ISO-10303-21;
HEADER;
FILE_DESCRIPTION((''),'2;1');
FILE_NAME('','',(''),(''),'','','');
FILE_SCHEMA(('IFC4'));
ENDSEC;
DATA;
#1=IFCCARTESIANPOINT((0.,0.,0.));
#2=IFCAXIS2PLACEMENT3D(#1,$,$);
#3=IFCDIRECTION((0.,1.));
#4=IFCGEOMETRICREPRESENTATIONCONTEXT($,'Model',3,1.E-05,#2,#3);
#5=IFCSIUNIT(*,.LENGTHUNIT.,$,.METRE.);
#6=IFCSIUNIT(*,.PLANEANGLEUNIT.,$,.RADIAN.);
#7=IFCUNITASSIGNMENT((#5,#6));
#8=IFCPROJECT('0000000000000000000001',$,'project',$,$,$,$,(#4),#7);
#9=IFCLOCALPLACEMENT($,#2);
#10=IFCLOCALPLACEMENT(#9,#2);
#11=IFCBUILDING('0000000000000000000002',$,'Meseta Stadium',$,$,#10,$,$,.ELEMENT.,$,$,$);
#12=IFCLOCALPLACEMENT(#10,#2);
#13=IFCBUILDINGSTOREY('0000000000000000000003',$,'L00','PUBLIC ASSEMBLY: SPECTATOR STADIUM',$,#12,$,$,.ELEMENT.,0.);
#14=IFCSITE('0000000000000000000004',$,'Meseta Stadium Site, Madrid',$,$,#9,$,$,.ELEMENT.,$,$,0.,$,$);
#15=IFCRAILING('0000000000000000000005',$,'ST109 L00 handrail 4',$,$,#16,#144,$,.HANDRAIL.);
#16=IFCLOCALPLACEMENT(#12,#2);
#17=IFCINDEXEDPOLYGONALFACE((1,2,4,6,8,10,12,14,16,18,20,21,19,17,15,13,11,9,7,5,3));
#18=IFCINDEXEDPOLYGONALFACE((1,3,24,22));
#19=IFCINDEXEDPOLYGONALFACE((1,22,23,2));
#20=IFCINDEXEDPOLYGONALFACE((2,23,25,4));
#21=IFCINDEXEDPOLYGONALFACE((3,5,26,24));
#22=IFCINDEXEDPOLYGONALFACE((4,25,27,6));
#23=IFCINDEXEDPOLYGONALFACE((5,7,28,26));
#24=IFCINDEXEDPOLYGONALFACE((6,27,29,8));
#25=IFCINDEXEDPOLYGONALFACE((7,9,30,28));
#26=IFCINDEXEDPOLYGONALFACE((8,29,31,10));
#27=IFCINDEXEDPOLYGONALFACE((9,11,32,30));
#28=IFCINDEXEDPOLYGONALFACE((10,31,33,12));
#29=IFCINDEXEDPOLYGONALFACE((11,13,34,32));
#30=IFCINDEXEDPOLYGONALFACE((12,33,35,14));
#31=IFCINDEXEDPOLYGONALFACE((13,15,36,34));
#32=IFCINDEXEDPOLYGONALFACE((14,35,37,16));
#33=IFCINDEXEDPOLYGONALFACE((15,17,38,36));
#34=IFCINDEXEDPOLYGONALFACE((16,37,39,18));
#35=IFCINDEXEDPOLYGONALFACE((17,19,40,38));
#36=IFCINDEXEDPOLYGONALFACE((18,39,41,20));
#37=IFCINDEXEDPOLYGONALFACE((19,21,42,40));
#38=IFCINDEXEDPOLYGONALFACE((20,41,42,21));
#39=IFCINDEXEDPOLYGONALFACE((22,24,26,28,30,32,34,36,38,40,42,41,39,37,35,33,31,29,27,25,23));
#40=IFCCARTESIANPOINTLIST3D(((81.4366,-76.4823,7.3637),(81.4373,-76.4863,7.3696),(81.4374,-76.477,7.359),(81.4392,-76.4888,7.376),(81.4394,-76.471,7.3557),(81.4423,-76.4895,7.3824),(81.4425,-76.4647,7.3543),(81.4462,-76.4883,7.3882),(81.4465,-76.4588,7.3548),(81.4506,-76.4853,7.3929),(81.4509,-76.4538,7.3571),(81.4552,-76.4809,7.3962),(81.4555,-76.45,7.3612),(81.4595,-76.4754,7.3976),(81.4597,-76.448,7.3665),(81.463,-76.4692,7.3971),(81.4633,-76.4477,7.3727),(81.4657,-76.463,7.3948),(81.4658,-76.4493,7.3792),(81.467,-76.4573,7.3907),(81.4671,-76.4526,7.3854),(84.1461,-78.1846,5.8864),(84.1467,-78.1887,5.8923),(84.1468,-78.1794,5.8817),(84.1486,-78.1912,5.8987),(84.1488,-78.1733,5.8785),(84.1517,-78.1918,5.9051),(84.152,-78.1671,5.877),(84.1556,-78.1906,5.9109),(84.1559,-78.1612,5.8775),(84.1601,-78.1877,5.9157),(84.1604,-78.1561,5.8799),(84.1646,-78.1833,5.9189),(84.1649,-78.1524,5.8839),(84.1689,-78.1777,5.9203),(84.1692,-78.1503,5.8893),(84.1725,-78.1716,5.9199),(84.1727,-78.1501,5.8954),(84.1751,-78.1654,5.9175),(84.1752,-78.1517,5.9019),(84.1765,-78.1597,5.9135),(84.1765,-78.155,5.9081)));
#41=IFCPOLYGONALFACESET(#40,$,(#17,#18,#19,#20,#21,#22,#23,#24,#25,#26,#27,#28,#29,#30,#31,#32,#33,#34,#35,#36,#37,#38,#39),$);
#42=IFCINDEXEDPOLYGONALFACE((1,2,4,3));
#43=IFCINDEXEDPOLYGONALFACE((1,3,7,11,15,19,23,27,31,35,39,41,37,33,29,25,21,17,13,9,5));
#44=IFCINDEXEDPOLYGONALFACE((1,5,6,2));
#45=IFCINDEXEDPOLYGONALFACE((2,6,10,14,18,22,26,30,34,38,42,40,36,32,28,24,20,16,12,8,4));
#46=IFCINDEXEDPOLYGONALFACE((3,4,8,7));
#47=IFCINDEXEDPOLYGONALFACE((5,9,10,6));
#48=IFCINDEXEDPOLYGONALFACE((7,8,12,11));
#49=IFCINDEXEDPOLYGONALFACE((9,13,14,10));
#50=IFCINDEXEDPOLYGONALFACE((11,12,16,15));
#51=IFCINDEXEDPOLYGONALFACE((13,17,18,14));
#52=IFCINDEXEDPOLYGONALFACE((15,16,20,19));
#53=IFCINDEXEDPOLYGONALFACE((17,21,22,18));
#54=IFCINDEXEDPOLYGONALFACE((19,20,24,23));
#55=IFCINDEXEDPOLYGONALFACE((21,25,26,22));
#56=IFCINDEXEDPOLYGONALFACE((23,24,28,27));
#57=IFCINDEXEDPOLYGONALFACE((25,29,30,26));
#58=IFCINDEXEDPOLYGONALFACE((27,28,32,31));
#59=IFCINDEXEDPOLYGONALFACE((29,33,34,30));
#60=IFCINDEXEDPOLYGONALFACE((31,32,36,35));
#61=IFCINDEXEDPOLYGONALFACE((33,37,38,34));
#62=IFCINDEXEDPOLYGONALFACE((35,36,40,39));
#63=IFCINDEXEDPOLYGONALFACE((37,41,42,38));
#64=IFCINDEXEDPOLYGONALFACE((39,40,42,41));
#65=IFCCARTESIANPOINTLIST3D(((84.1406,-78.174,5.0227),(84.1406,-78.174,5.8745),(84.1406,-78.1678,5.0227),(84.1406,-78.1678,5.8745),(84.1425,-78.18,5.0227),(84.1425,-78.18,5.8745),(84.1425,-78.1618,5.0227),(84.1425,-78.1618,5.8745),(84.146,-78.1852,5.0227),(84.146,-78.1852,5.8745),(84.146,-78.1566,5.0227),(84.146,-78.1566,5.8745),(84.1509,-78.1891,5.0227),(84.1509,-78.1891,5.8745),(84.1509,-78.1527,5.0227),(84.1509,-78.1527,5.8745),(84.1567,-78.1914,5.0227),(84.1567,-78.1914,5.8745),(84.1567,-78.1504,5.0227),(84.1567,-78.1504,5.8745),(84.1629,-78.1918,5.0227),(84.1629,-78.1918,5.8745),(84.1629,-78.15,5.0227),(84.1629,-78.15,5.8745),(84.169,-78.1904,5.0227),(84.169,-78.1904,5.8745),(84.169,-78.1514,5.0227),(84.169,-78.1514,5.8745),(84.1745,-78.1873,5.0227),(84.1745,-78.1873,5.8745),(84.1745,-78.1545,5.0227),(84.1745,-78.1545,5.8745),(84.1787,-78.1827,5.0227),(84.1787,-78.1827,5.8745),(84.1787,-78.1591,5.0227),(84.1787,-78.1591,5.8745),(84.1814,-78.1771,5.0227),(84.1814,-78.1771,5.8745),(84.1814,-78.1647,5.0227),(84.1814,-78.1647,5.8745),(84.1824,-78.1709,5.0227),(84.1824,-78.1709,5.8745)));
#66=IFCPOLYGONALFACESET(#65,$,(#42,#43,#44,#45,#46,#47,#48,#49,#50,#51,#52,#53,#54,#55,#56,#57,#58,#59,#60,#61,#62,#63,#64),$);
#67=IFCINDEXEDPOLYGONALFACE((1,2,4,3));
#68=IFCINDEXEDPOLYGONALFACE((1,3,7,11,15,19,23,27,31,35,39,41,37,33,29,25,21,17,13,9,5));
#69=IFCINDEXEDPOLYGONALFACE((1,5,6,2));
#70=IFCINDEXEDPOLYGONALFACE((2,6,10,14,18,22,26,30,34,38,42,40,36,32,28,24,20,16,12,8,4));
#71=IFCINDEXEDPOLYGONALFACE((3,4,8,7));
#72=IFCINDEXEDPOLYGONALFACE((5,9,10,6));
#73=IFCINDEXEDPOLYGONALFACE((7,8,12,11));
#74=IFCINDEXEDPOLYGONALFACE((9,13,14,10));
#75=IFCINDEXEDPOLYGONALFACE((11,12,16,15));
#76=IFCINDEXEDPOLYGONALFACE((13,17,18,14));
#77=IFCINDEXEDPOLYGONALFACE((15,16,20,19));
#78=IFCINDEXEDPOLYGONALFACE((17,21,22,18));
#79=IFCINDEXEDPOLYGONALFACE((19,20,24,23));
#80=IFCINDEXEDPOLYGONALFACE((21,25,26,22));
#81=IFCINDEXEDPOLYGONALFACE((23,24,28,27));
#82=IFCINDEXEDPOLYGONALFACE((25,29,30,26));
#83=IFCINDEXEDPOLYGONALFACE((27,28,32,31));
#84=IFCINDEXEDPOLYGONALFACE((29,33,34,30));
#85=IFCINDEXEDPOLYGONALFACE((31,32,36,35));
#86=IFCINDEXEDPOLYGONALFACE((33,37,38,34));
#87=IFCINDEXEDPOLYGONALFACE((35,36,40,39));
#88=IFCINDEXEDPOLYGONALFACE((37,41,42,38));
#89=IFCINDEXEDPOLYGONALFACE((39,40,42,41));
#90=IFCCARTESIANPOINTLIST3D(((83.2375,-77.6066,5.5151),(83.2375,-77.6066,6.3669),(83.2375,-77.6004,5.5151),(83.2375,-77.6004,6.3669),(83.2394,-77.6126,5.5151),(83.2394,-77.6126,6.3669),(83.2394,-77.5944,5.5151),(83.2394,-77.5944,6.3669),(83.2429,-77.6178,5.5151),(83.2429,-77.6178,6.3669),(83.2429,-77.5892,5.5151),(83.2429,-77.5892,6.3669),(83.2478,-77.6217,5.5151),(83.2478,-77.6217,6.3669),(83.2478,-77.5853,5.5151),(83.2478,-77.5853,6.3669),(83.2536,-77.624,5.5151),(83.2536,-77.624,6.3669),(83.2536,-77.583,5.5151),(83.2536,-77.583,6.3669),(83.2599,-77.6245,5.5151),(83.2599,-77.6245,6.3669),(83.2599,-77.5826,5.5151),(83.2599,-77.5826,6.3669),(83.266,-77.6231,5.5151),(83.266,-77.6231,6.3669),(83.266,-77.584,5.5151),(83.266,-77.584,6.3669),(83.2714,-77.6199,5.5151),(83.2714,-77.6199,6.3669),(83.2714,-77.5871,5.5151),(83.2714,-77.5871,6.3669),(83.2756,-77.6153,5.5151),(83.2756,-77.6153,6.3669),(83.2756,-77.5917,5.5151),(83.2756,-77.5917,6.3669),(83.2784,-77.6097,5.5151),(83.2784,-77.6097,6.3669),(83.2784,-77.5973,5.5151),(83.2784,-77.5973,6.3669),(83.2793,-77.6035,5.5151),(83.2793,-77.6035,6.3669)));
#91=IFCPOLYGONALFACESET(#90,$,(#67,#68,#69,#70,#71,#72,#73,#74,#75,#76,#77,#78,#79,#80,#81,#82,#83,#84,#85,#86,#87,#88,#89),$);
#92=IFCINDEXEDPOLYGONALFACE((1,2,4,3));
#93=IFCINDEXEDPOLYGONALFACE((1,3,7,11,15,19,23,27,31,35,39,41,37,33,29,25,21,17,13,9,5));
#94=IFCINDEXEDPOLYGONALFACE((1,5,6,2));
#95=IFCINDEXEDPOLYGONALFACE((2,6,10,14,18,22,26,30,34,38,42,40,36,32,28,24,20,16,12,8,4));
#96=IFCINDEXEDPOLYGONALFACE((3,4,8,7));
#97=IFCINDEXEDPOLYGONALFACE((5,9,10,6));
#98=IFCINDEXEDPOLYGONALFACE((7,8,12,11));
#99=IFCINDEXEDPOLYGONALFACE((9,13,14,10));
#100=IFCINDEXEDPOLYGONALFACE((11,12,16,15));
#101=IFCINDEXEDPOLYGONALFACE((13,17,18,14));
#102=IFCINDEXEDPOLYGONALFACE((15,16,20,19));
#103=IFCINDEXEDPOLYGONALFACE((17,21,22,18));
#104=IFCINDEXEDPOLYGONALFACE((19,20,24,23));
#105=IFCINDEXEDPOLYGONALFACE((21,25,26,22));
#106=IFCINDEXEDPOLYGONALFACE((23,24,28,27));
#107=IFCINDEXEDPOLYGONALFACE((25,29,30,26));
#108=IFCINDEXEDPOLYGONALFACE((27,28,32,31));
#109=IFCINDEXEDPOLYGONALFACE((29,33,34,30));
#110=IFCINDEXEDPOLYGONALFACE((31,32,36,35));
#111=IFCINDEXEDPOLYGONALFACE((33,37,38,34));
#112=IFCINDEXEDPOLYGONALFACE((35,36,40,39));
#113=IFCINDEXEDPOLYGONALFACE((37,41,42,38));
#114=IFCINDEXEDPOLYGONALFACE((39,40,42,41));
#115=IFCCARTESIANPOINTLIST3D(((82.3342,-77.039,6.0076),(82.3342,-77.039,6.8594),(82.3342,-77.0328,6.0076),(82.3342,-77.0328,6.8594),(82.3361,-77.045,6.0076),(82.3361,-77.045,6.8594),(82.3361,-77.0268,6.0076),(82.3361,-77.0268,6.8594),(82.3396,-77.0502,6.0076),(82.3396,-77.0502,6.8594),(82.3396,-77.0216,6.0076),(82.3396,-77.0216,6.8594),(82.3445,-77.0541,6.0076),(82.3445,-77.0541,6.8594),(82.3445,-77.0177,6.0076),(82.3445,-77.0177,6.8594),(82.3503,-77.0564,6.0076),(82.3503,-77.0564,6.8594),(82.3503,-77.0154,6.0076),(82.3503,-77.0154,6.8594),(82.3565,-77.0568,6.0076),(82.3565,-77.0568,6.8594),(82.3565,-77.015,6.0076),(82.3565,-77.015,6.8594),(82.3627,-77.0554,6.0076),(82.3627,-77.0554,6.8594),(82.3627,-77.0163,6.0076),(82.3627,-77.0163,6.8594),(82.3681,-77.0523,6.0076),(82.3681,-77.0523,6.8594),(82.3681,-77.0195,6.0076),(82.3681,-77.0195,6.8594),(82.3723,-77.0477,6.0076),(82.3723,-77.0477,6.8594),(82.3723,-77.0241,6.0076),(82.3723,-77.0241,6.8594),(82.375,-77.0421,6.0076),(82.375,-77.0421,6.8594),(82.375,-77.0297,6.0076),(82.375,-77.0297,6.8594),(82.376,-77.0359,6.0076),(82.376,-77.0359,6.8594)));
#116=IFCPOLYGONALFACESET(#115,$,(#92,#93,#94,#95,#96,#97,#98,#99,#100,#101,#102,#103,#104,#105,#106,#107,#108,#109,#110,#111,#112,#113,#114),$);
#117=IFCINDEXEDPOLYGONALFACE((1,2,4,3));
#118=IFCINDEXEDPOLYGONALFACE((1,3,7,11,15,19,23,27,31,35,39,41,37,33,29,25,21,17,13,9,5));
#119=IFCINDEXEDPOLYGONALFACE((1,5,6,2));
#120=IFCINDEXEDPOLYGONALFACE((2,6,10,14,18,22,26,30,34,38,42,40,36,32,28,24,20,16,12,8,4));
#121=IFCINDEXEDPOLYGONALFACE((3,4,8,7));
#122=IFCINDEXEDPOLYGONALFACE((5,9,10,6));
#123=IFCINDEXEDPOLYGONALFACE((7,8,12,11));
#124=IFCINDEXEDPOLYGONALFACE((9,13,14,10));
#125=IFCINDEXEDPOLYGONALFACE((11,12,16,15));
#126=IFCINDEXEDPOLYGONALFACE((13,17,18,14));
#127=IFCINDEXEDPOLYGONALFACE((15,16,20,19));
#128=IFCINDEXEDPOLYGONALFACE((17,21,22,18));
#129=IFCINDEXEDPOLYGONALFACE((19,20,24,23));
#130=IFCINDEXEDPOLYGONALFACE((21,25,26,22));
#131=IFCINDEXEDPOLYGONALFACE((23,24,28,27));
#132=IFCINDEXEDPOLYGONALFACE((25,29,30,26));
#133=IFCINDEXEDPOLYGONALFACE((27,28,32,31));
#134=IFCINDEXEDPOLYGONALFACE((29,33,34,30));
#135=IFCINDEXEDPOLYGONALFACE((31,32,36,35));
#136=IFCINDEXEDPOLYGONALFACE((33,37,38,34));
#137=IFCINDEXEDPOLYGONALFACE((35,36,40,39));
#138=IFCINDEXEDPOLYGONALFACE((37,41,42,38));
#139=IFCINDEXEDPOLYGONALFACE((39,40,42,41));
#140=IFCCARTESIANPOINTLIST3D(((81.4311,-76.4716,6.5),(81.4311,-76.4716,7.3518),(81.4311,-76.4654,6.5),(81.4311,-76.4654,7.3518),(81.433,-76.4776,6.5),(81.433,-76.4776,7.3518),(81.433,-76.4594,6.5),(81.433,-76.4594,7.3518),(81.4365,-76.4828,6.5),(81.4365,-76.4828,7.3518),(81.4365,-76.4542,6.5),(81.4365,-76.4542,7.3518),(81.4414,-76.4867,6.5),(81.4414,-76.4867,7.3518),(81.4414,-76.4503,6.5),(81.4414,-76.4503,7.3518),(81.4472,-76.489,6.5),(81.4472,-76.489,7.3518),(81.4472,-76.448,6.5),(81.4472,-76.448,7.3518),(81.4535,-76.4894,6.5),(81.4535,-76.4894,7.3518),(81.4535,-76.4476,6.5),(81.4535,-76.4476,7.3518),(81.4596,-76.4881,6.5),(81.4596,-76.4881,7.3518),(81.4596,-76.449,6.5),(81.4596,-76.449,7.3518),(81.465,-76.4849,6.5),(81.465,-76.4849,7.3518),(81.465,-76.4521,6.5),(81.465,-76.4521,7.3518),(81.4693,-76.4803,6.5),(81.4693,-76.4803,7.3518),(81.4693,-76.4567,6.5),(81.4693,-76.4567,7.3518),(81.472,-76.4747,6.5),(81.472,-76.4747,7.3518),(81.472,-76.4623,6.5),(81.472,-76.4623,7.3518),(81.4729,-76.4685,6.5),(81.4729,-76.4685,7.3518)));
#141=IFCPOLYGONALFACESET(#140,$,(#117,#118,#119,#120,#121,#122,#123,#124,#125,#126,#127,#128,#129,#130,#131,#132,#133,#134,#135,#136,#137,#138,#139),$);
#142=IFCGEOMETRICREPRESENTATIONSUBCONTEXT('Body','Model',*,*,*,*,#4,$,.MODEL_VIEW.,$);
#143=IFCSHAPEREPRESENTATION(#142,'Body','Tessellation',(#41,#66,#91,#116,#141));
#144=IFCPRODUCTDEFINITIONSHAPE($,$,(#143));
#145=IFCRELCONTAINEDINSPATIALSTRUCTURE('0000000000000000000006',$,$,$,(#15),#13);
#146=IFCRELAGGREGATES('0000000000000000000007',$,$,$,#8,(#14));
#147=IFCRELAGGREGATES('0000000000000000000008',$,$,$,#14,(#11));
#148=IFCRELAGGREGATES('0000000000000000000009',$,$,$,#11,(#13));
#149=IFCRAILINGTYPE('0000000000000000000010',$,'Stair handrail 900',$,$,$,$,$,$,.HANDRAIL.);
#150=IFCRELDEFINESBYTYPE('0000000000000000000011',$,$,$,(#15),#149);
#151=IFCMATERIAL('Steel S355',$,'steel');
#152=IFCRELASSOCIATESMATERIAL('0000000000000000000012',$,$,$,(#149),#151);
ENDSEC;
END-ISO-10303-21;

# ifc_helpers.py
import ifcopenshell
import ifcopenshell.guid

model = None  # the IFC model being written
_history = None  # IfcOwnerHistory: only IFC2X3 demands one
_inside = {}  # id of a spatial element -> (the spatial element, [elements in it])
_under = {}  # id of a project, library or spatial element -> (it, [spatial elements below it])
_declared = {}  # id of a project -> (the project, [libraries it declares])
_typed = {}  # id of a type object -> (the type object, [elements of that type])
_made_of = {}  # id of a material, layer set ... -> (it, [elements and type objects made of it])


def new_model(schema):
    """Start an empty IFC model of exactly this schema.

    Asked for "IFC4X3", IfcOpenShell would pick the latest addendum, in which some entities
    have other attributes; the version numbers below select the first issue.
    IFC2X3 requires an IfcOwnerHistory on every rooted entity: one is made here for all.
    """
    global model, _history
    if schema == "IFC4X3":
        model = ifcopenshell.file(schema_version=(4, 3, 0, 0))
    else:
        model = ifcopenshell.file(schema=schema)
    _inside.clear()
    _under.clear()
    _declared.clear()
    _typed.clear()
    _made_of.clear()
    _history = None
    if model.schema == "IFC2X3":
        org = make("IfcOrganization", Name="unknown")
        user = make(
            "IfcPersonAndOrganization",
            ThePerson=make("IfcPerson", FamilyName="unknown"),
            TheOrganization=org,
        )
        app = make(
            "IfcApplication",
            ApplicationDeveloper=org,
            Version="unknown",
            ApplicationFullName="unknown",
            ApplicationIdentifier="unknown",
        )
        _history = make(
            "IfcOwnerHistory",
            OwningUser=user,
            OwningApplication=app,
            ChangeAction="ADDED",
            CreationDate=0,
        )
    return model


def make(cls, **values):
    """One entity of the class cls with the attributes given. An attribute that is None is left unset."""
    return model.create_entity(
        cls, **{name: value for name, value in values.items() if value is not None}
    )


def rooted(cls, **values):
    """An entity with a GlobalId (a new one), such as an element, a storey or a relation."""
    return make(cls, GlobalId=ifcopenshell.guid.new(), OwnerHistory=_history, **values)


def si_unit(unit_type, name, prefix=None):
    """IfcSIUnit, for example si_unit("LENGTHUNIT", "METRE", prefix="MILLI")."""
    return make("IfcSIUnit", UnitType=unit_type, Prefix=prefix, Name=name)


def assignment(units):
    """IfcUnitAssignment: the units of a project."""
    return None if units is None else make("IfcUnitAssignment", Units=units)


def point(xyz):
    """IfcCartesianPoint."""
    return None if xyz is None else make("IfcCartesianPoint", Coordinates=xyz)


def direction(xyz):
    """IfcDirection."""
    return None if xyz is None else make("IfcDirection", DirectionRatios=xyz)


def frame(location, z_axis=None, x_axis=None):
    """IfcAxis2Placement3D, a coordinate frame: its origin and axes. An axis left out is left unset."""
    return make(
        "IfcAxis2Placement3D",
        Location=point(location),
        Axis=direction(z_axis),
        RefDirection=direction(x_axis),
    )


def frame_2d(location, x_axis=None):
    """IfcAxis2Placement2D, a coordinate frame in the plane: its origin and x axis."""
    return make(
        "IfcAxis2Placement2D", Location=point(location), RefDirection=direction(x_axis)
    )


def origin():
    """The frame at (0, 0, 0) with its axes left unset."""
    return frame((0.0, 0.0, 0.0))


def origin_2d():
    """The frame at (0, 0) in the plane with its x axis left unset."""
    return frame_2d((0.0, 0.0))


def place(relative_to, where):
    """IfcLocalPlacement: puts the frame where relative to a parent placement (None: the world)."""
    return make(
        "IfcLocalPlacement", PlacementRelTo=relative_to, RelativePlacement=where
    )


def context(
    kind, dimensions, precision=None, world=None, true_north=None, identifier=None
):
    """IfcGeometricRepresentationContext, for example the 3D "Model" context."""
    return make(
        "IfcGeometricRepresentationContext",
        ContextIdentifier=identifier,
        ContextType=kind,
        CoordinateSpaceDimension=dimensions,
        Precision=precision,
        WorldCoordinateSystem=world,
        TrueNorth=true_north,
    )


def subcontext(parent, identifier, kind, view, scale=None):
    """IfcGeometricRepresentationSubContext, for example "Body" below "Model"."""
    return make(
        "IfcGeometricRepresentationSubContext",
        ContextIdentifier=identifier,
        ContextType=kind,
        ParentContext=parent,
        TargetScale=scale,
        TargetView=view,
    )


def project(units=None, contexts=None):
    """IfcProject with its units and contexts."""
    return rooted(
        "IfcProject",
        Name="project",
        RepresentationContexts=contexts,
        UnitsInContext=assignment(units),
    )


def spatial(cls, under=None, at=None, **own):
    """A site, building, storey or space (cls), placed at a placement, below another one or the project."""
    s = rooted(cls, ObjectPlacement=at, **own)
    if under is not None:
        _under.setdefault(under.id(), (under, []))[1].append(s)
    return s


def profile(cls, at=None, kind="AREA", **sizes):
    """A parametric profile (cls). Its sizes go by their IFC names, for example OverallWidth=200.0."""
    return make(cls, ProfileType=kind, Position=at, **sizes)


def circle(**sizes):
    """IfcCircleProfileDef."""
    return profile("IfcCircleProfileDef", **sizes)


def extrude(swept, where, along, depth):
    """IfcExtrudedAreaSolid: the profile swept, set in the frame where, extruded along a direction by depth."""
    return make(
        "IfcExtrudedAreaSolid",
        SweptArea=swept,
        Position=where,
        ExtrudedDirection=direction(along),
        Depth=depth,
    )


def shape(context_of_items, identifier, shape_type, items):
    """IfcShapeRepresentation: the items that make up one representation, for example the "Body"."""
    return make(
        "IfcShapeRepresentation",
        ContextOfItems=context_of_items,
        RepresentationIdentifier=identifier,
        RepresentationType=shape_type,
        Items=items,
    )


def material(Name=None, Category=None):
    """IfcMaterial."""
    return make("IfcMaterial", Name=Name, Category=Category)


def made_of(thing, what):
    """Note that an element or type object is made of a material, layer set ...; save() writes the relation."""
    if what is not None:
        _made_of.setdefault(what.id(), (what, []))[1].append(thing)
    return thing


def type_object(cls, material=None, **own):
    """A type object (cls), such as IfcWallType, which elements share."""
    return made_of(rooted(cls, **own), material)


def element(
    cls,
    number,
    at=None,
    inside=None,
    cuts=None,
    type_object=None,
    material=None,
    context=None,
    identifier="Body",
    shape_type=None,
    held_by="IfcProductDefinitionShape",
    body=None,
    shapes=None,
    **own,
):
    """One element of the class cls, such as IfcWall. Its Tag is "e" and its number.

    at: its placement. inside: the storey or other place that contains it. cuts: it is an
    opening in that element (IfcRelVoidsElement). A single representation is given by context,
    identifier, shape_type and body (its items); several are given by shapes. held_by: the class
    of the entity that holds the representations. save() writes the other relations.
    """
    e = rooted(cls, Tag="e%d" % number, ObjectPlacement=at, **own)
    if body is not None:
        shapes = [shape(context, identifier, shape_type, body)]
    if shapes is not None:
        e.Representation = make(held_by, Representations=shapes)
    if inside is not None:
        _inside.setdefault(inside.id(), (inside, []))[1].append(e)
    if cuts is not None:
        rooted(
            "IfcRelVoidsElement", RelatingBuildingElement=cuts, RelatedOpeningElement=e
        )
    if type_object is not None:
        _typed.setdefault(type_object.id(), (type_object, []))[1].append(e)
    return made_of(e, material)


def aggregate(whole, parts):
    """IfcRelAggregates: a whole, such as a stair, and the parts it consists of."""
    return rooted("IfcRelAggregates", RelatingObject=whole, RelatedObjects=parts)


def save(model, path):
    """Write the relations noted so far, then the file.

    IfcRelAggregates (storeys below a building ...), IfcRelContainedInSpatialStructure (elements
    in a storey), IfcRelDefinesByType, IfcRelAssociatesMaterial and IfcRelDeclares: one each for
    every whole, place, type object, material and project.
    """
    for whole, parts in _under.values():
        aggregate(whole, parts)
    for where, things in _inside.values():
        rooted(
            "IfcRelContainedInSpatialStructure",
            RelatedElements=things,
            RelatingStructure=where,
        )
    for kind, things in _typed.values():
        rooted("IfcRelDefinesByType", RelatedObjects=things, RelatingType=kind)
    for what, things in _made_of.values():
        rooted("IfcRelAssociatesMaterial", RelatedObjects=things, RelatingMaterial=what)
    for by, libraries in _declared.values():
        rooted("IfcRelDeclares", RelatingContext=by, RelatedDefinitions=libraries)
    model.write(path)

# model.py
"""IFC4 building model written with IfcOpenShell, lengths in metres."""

from ifc_helpers import new_model, si_unit, direction, frame, origin, origin_2d, place, context, subcontext, project, spatial, circle, extrude, material, type_object, element, save


model = new_model("IFC4")

# Units and contexts
model_context = context("Model", 3, precision=1e-05, world=origin(), true_north=direction((0.0, 1.0)))
body_context = subcontext(model_context, "Body", "Model", "MODEL_VIEW")
ifc_project = project(units=[si_unit("LENGTHUNIT", "METRE"), si_unit("PLANEANGLEUNIT", "RADIAN")], contexts=[model_context])

# Site, building, storey
site_placement = place(None, origin())
site = spatial("IfcSite", under=ifc_project, at=site_placement, Name="Meseta Stadium Site, Madrid", CompositionType="ELEMENT", RefElevation=0.0)
building_placement = place(site_placement, origin())
building = spatial("IfcBuilding", under=site, at=building_placement, Name="Meseta Stadium", CompositionType="ELEMENT")
storey_placement = place(building_placement, origin())
storey = spatial("IfcBuildingStorey", under=building, at=storey_placement, Name="L00", Description="PUBLIC ASSEMBLY: SPECTATOR STADIUM", CompositionType="ELEMENT", Elevation=0.0)

# Railing
ifc_material_1 = material(Name="Steel S355", Category="steel")
railing_type_1 = type_object("IfcRailingType", Name="Stair handrail 900", PredefinedType="HANDRAIL", material=ifc_material_1)
railing_1_placement = place(storey_placement, frame((84.1614, -78.1709, 5.0227)))
element("IfcRailing", 1, at=railing_1_placement, inside=storey, type_object=railing_type_1, Name="ST109 L00 handrail 4", PredefinedType="HANDRAIL", context=body_context, shape_type="SweptSolid", body=[
    extrude(circle(Radius=0.0239, at=origin_2d()), frame((0.0, 0.0, 0.876), z_axis=(-0.768764, 0.483023, 0.419156), x_axis=(-0.532014, -0.846736, 0.0)), (0.0, 0.0, 1.0), 3.5244),
    extrude(circle(Radius=0.021, at=origin_2d()), origin(), (0.0, 0.0, 1.0), 0.8518),
    extrude(circle(Radius=0.021, at=origin_2d()), frame((-0.9031, 0.5674, 0.4924)), (0.0, 0.0, 1.0), 0.8518),
    extrude(circle(Radius=0.021, at=origin_2d()), frame((-1.8064, 1.135, 0.9849)), (0.0, 0.0, 1.0), 0.8518),
    extrude(circle(Radius=0.021, at=origin_2d()), frame((-2.7095, 1.7024, 1.4773)), (0.0, 0.0, 1.0), 0.8518),
])

save(model, "model.ifc")
